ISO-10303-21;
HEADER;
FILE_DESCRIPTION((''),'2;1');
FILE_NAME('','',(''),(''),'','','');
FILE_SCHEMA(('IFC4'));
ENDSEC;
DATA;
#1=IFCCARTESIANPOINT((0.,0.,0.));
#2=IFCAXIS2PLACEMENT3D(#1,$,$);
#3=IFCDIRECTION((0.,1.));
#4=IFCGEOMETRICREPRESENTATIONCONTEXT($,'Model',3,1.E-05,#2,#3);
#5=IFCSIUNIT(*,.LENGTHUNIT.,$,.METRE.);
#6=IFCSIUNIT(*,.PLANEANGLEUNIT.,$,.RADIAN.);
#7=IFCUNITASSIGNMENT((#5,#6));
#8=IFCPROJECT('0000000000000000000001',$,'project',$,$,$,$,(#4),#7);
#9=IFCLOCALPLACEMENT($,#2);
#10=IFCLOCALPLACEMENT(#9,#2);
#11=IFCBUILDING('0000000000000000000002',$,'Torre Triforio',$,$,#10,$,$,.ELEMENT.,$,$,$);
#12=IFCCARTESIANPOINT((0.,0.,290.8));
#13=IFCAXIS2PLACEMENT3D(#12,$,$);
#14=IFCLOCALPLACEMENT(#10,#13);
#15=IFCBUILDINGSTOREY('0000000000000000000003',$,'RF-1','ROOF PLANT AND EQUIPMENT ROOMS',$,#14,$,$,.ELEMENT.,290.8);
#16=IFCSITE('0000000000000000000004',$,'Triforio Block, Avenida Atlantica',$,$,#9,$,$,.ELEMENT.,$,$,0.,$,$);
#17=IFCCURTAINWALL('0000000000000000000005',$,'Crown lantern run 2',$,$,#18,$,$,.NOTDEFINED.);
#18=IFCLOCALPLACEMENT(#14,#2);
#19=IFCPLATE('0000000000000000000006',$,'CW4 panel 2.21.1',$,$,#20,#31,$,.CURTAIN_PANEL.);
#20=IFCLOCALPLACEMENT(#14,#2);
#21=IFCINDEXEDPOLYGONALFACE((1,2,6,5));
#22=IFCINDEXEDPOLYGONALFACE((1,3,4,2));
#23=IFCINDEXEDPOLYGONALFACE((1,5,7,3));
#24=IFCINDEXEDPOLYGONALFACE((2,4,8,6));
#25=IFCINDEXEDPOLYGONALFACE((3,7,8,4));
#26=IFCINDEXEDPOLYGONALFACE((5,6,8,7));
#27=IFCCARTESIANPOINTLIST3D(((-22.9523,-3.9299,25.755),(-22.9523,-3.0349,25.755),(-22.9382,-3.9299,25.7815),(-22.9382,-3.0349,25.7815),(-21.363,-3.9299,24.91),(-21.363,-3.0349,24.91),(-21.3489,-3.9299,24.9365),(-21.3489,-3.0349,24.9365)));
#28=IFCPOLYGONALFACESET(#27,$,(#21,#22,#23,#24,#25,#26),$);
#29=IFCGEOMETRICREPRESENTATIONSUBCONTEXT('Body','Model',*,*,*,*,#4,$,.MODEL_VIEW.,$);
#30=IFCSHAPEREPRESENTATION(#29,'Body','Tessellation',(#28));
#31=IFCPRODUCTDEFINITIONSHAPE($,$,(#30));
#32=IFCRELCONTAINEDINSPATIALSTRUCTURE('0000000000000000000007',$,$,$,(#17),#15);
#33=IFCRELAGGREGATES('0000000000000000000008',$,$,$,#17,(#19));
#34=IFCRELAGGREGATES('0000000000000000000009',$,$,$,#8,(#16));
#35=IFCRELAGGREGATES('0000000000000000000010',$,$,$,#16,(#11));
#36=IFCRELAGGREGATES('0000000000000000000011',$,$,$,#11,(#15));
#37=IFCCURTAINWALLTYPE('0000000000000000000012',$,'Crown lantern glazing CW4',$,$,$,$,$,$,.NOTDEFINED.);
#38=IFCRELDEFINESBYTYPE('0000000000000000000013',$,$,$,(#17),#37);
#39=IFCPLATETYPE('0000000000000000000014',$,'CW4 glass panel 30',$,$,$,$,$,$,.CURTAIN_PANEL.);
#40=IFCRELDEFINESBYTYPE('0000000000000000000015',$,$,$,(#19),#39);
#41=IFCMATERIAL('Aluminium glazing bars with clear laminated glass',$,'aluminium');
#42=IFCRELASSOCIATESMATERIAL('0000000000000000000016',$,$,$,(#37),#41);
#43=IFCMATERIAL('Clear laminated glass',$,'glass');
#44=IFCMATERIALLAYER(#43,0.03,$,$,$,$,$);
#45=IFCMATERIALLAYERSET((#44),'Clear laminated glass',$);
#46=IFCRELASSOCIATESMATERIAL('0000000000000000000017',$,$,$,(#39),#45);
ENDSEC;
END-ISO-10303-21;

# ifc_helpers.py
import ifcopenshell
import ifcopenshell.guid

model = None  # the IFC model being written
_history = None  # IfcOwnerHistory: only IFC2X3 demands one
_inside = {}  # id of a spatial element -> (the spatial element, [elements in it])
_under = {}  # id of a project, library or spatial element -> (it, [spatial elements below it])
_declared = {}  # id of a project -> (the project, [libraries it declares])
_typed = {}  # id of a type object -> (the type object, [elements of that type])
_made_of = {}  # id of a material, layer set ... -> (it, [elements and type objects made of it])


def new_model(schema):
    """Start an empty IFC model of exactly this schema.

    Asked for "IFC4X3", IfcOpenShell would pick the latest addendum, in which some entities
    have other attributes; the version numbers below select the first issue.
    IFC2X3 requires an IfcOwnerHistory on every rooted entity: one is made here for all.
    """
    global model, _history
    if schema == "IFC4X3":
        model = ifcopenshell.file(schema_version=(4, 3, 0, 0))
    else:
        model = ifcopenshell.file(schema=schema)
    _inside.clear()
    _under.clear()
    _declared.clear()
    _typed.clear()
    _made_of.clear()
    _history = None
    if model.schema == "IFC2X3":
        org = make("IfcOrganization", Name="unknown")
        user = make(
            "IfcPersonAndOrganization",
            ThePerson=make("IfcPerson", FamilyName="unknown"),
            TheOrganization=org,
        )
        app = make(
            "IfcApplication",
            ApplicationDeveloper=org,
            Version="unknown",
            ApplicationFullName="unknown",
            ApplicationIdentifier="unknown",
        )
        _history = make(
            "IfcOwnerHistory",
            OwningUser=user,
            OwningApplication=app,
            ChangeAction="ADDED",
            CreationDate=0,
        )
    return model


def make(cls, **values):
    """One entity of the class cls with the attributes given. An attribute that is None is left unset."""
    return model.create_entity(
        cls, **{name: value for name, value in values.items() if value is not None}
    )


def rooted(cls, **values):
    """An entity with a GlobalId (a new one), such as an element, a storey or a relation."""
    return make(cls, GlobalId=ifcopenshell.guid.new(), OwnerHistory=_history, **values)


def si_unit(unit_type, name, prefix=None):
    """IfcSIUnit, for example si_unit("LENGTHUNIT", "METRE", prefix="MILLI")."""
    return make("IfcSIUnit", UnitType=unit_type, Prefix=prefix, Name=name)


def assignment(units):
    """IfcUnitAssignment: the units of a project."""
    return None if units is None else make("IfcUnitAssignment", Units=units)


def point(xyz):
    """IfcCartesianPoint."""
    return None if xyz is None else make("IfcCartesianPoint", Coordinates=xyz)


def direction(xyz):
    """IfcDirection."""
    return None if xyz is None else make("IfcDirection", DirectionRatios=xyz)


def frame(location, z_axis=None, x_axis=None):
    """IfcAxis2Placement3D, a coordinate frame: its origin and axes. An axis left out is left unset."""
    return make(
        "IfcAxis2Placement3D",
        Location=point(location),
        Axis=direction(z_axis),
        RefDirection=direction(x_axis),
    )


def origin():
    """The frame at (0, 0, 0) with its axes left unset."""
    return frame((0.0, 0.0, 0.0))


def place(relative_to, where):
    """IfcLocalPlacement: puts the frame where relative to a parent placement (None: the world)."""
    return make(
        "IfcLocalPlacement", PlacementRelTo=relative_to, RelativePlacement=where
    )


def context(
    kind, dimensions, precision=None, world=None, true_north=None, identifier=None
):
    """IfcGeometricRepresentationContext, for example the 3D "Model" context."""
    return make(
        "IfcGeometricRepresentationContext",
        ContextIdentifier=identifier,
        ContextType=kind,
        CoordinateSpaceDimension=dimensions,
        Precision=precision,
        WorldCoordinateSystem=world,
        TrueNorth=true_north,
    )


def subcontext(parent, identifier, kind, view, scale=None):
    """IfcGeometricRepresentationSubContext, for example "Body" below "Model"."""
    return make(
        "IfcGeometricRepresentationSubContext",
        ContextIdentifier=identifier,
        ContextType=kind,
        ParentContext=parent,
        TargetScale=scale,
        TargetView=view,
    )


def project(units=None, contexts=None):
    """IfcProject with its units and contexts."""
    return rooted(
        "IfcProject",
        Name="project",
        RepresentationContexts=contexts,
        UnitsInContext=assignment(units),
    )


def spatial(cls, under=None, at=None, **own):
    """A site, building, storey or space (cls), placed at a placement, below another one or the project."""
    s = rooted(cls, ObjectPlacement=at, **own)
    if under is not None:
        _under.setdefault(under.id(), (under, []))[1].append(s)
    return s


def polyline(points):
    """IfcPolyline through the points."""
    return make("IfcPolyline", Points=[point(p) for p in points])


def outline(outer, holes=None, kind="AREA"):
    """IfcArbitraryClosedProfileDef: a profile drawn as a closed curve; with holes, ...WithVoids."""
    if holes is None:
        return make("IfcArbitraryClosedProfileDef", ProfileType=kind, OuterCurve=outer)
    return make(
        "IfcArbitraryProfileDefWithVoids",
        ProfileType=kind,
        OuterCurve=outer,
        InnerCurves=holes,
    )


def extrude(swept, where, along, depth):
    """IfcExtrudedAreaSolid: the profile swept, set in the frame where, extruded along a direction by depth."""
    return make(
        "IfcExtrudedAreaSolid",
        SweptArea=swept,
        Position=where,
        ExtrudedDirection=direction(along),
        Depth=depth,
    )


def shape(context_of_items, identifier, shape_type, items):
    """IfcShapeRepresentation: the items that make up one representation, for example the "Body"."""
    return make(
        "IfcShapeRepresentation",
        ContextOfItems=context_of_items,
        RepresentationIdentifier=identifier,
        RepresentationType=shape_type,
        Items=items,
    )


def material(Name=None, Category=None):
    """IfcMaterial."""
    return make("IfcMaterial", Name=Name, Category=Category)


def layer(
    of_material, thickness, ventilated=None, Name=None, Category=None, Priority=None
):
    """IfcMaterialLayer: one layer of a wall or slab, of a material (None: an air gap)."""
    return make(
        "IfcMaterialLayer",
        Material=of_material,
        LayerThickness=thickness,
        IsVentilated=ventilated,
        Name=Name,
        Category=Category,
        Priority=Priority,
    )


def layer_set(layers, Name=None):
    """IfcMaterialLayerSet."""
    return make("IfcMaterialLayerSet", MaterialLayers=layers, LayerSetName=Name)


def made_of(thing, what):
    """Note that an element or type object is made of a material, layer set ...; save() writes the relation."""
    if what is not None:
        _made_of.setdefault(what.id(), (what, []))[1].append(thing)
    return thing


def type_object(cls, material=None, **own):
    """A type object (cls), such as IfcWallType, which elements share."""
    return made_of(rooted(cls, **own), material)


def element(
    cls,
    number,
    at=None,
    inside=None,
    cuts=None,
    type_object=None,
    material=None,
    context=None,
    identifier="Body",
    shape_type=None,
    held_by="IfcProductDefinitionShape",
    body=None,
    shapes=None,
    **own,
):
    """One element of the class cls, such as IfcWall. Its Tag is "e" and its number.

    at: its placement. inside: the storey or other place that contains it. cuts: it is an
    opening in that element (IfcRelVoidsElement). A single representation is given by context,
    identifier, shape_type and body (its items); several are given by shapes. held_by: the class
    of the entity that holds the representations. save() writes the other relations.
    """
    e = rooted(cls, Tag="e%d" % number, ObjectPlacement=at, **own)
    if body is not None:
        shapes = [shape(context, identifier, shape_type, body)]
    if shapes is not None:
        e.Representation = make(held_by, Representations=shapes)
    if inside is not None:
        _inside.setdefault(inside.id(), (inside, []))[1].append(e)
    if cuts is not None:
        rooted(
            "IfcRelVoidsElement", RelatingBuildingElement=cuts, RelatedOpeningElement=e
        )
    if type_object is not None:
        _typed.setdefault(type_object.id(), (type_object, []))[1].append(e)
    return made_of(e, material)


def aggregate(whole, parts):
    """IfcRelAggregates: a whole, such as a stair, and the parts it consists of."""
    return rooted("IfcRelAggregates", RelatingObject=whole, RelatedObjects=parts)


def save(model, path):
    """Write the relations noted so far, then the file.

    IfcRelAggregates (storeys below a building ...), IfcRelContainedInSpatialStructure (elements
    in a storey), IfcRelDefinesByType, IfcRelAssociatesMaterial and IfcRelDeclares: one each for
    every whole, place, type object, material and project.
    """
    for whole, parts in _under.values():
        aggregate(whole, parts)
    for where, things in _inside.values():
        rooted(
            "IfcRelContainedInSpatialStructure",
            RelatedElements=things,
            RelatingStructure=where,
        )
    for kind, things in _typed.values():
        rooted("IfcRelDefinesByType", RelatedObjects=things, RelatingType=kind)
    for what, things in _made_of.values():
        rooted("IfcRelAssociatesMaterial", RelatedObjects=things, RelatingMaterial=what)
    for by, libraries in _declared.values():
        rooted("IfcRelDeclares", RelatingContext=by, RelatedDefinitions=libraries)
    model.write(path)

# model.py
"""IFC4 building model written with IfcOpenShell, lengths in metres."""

from ifc_helpers import new_model, si_unit, direction, frame, origin, place, context, subcontext, project, spatial, polyline, outline, extrude, material, layer, layer_set, type_object, element, aggregate, save


model = new_model("IFC4")

# Units and contexts
model_context = context("Model", 3, precision=1e-05, world=origin(), true_north=direction((0.0, 1.0)))
body_context = subcontext(model_context, "Body", "Model", "MODEL_VIEW")
ifc_project = project(units=[si_unit("LENGTHUNIT", "METRE"), si_unit("PLANEANGLEUNIT", "RADIAN")], contexts=[model_context])

# Site, building, storey
site_placement = place(None, origin())
site = spatial("IfcSite", under=ifc_project, at=site_placement, Name="Triforio Block, Avenida Atlantica", CompositionType="ELEMENT", RefElevation=0.0)
building_placement = place(site_placement, origin())
building = spatial("IfcBuilding", under=site, at=building_placement, Name="Torre Triforio", CompositionType="ELEMENT")
storey_placement = place(building_placement, frame((0.0, 0.0, 290.8)))
storey = spatial("IfcBuildingStorey", under=building, at=storey_placement, Name="RF-1", Description="ROOF PLANT AND EQUIPMENT ROOMS", CompositionType="ELEMENT", Elevation=290.8)

# Curtain wall
ifc_material_1 = material(Name="Aluminium glazing bars with clear laminated glass", Category="aluminium")
curtain_wall_type = type_object("IfcCurtainWallType", Name="Crown lantern glazing CW4", PredefinedType="NOTDEFINED", material=ifc_material_1)
curtain_wall_1_placement = place(storey_placement, origin())
curtain_wall_1 = element("IfcCurtainWall", 1, at=curtain_wall_1_placement, inside=storey, type_object=curtain_wall_type, Name="Crown lantern run 2", PredefinedType="NOTDEFINED")

# Plate
ifc_material_2 = material(Name="Clear laminated glass", Category="glass")
ifc_layer = layer(ifc_material_2, 0.03)
ifc_layer_set = layer_set([ifc_layer], Name="Clear laminated glass")
plate_type = type_object("IfcPlateType", Name="CW4 glass panel 30", PredefinedType="CURTAIN_PANEL", material=ifc_layer_set)
plate_1_placement = place(storey_placement, frame((-21.3489, -3.9299, 24.9365), z_axis=(0.469426, 0.0, 0.882972), x_axis=(0.0, 1.0, 0.0)))
plate_1 = element("IfcPlate", 2, at=plate_1_placement, type_object=plate_type, Name="CW4 panel 2.21.1", PredefinedType="CURTAIN_PANEL", context=body_context, shape_type="SweptSolid", body=[
    extrude(outline(polyline([(0.0, 0.0), (0.895, 0.0), (0.895, 1.8), (0.0, 1.8), (0.0, 0.0)])), origin(), (0.0, 0.0, -1.0), 0.03),
])
aggregate(curtain_wall_1, [plate_1])

save(model, "model.ifc")
